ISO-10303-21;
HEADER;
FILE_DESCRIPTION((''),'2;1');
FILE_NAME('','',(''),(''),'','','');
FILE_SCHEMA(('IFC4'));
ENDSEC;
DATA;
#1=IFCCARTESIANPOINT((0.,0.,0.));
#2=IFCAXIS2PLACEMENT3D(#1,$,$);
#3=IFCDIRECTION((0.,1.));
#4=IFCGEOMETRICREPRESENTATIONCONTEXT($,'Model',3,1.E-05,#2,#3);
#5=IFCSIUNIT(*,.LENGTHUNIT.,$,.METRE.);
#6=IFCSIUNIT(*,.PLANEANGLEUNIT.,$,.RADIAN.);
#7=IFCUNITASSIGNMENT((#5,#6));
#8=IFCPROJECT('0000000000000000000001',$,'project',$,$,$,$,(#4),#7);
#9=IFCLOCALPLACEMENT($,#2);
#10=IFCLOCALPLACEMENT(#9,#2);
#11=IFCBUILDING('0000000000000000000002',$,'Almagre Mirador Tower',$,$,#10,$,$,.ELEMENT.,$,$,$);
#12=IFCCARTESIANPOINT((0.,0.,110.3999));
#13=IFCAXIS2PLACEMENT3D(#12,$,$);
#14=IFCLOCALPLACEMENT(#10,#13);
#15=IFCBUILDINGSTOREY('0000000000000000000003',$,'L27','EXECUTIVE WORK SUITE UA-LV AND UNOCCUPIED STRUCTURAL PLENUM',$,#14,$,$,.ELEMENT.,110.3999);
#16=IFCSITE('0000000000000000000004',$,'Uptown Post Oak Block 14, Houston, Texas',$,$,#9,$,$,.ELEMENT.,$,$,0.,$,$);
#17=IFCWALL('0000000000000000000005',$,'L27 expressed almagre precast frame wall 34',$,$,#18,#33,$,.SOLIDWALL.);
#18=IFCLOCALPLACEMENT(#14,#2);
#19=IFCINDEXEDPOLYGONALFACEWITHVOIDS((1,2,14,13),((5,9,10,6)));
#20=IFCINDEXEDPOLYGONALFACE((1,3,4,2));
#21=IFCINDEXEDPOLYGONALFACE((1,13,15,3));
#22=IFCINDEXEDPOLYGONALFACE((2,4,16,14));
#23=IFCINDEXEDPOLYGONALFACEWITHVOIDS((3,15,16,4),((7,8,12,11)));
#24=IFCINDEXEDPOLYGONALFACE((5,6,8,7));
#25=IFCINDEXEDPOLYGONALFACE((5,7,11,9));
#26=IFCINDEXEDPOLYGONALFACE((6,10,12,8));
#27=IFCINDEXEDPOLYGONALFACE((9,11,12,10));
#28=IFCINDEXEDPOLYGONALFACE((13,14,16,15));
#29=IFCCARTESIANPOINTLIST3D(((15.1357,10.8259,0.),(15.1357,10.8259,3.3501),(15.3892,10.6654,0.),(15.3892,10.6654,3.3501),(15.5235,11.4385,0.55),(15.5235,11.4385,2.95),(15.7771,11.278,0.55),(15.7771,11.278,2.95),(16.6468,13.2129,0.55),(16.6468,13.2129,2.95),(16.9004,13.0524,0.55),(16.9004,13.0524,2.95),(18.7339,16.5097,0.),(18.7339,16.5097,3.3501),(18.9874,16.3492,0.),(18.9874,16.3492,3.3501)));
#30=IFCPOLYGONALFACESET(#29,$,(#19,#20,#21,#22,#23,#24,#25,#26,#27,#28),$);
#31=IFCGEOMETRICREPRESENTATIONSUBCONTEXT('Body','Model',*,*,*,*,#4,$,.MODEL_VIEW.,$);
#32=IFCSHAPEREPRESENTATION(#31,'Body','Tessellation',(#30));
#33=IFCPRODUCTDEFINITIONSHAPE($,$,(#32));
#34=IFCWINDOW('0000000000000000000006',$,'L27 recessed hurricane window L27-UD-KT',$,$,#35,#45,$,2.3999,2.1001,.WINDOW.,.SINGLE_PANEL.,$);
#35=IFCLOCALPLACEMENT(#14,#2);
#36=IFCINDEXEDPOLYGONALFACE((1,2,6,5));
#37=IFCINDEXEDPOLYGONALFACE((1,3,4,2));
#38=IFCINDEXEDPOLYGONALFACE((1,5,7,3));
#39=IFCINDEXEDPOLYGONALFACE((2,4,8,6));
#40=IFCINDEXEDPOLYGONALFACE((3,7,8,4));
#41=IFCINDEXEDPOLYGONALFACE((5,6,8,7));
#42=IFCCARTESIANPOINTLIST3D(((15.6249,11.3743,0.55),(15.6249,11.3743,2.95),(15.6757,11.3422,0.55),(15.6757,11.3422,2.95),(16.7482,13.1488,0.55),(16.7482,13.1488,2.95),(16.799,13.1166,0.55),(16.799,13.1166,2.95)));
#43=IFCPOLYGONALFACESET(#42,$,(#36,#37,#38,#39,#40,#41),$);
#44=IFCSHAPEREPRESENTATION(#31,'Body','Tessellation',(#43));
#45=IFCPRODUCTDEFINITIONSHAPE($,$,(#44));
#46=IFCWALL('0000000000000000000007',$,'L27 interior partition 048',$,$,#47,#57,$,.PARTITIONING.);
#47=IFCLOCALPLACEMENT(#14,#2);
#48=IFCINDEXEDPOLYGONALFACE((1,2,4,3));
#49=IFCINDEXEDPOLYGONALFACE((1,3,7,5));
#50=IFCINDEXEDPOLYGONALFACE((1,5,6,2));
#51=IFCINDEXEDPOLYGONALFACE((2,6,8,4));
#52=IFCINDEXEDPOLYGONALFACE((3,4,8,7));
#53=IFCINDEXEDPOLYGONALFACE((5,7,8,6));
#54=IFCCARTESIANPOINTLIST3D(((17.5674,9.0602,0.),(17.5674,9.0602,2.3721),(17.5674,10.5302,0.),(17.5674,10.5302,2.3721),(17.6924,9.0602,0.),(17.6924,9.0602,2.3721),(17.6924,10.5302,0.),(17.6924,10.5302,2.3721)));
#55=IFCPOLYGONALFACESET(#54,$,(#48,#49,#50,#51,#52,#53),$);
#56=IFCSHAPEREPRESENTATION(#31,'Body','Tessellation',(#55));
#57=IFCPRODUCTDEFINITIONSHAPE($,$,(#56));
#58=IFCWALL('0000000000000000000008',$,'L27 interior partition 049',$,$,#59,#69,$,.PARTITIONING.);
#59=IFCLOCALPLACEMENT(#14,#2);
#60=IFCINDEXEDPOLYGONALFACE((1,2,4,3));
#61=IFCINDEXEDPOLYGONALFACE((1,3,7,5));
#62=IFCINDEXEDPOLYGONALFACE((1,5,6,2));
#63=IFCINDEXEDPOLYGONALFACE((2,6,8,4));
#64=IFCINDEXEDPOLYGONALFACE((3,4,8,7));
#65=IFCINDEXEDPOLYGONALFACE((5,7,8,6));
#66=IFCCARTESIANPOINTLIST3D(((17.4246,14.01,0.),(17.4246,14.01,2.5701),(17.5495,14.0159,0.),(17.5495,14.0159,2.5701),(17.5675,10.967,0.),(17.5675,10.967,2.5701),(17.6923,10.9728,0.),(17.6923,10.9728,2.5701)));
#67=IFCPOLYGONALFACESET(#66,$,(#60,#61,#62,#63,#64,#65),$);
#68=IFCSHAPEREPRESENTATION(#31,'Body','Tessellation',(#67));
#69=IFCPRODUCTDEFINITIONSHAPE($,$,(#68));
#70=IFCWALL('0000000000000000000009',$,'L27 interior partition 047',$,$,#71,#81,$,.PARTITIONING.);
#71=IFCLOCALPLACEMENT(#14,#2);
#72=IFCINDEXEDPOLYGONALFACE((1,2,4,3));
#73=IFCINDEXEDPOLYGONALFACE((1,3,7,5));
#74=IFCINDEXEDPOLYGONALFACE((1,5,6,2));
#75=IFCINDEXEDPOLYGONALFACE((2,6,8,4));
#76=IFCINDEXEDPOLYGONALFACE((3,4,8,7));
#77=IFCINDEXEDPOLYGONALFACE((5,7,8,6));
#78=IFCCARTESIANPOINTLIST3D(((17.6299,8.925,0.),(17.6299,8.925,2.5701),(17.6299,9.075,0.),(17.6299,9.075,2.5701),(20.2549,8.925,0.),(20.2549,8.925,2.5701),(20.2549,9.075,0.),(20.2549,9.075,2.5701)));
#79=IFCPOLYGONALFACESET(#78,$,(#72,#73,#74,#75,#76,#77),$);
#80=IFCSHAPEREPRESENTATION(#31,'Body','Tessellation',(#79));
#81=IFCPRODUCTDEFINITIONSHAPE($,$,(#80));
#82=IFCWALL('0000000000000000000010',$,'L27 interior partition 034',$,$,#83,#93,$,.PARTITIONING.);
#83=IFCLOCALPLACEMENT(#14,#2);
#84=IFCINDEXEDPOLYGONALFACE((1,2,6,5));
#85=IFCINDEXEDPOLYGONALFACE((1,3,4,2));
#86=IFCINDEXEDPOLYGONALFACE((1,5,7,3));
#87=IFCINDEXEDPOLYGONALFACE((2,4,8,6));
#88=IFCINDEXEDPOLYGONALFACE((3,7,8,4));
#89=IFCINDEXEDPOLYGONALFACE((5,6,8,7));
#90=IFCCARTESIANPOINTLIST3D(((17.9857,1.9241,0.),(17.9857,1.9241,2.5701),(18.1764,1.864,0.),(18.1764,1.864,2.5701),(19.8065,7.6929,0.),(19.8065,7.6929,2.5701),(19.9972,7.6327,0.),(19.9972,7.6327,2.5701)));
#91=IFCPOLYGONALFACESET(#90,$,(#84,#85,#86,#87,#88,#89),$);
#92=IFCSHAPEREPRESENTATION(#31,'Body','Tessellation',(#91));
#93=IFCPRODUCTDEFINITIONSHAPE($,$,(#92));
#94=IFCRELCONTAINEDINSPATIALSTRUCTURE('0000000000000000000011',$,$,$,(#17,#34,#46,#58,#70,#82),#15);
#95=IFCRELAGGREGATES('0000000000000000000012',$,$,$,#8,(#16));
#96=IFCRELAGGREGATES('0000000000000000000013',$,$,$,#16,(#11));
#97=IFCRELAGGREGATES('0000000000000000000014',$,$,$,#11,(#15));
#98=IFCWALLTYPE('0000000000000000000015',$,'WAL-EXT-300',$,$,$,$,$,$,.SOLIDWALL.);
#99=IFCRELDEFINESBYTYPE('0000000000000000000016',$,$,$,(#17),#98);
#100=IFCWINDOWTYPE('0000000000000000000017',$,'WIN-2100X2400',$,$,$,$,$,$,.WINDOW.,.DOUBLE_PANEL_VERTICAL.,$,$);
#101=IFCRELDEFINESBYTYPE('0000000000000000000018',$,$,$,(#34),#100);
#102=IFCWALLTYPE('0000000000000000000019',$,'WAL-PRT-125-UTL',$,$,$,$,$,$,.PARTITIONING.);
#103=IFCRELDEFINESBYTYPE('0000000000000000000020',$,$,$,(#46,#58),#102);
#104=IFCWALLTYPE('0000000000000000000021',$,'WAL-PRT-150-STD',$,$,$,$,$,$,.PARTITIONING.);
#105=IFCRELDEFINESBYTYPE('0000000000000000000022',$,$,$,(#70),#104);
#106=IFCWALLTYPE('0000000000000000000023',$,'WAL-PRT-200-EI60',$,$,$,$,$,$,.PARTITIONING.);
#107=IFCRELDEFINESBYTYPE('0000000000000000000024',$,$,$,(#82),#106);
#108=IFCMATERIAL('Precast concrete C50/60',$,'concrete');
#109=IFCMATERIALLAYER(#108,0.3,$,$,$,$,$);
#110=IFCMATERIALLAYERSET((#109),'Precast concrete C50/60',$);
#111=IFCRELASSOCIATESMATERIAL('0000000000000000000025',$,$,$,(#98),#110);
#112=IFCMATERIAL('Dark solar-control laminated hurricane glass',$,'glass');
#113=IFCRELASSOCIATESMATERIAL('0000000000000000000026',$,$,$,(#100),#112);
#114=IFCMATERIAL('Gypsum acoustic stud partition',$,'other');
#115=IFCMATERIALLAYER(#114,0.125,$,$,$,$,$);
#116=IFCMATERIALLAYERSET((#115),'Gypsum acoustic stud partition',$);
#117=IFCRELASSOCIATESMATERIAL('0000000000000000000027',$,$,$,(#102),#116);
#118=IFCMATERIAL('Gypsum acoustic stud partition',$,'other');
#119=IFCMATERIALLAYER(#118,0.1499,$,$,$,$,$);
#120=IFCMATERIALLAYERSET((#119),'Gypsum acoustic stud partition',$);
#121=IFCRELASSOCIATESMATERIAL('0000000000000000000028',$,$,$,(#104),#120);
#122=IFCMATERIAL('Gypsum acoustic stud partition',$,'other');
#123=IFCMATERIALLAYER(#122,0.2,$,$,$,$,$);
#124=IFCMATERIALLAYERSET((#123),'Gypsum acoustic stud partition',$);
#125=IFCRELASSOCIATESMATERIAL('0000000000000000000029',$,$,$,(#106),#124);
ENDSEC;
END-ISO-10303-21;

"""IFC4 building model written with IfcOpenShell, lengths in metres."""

from ifc_helpers import new_model, si_unit, direction, frame, frame_2d, origin, place, context, subcontext, project, spatial, rectangle, extrude, material, layer, layer_set, type_object, element, fill, save


model = new_model("IFC4")

# Units and contexts
model_context = context("Model", 3, precision=1e-05, world=origin(), true_north=direction((0.0, 1.0)))
body_context = subcontext(model_context, "Body", "Model", "MODEL_VIEW")
ifc_project = project(units=[si_unit("LENGTHUNIT", "METRE"), si_unit("PLANEANGLEUNIT", "RADIAN")], contexts=[model_context])

# Site, building, storey
site_placement = place(None, origin())
site = spatial("IfcSite", under=ifc_project, at=site_placement, Name="Uptown Post Oak Block 14, Houston, Texas", CompositionType="ELEMENT", RefElevation=0.0)
building_placement = place(site_placement, origin())
building = spatial("IfcBuilding", under=site, at=building_placement, Name="Almagre Mirador Tower", CompositionType="ELEMENT")
storey_placement = place(building_placement, frame((0.0, 0.0, 110.3999)))
storey = spatial("IfcBuildingStorey", under=building, at=storey_placement, Name="L27", Description="EXECUTIVE WORK SUITE UA-LV AND UNOCCUPIED STRUCTURAL PLENUM", CompositionType="ELEMENT", Elevation=110.3999)

# Shared definitions
ifc_material_1 = material(Name="Precast concrete C50/60", Category="concrete")
ifc_layer_1 = layer(ifc_material_1, 0.3)
ifc_layer_set_1 = layer_set([ifc_layer_1], Name="Precast concrete C50/60")
wall_type_1 = type_object("IfcWallType", Name="WAL-EXT-300", PredefinedType="SOLIDWALL", material=ifc_layer_set_1)

# Wall, opening, window
wall_1_placement = place(storey_placement, frame((15.2625, 10.7456, 0.0), z_axis=(0.0, 0.0, 1.0), x_axis=(0.53488, 0.844928, 0.0)))
wall_1 = element("IfcWall", 1, at=wall_1_placement, inside=storey, type_object=wall_type_1, Name="L27 expressed almagre precast frame wall 34", PredefinedType="SOLIDWALL", context=body_context, shape_type="SweptSolid", body=[
    extrude(rectangle(XDim=6.7271, YDim=0.3, at=frame_2d((3.3635, 0.0))), origin(), (0.0, 0.0, 1.0), 3.3501),
])
opening_1_placement = place(wall_1_placement, frame((0.7251, 0.0, 0.55)))
opening_1 = element("IfcOpeningElement", 2, at=opening_1_placement, cuts=wall_1, PredefinedType="OPENING", context=body_context, shape_type="SweptSolid", body=[
    extrude(rectangle(XDim=2.1001, YDim=2.3999, at=frame_2d((1.05, 1.2))), frame((0.0, 0.1599, 0.0), z_axis=(0.0, -1.0, 0.0), x_axis=(1.0, 0.0, 0.0)), (0.0, 0.0, 1.0), 0.32),
])
ifc_material_2 = material(Name="Dark solar-control laminated hurricane glass", Category="glass")
window_type_1 = type_object("IfcWindowType", Name="WIN-2100X2400", PartitioningType="DOUBLE_PANEL_VERTICAL", PredefinedType="WINDOW", material=ifc_material_2)
window_1_placement = place(opening_1_placement, origin())
window_1 = element("IfcWindow", 3, at=window_1_placement, inside=storey, type_object=window_type_1, Name="L27 recessed hurricane window L27-UD-KT", OverallHeight=2.3999, OverallWidth=2.1001, PartitioningType="SINGLE_PANEL", PredefinedType="WINDOW", context=body_context, shape_type="SweptSolid", body=[
    extrude(rectangle(XDim=2.1001, YDim=2.3999, at=frame_2d((1.05, 1.2))), frame((0.0, 0.03, 0.0), z_axis=(0.0, -1.0, 0.0), x_axis=(1.0, 0.0, 0.0)), (0.0, 0.0, 1.0), 0.0601),
])
fill(opening_1, window_1)

# Walls
ifc_material_3 = material(Name="Gypsum acoustic stud partition", Category="other")
ifc_layer_2 = layer(ifc_material_3, 0.125)
ifc_layer_set_2 = layer_set([ifc_layer_2], Name="Gypsum acoustic stud partition")
wall_type_2 = type_object("IfcWallType", Name="WAL-PRT-125-UTL", PredefinedType="PARTITIONING", material=ifc_layer_set_2)
wall_2_placement = place(storey_placement, frame((17.6299, 10.53, 0.0), z_axis=(0.0, 0.0, 1.0), x_axis=(0.0, -1.0, 0.0)))
element("IfcWall", 4, at=wall_2_placement, inside=storey, type_object=wall_type_2, Name="L27 interior partition 048", PredefinedType="PARTITIONING", context=body_context, shape_type="SweptSolid", body=[
    extrude(rectangle(XDim=1.47, YDim=0.125, at=frame_2d((0.7349, 0.0))), origin(), (0.0, 0.0, 1.0), 2.3721),
])
wall_3_placement = place(storey_placement, frame((17.4871, 14.0129, 0.0), z_axis=(0.0, 0.0, 1.0), x_axis=(0.046884, -0.9989, 0.0)))
element("IfcWall", 5, at=wall_3_placement, inside=storey, type_object=wall_type_2, Name="L27 interior partition 049", PredefinedType="PARTITIONING", context=body_context, shape_type="SweptSolid", body=[
    extrude(rectangle(XDim=3.0464, YDim=0.125, at=frame_2d((1.5232, 0.0))), origin(), (0.0, 0.0, 1.0), 2.5701),
])
ifc_material_4 = material(Name="Gypsum acoustic stud partition", Category="other")
ifc_layer_3 = layer(ifc_material_4, 0.1499)
ifc_layer_set_3 = layer_set([ifc_layer_3], Name="Gypsum acoustic stud partition")
wall_type_3 = type_object("IfcWallType", Name="WAL-PRT-150-STD", PredefinedType="PARTITIONING", material=ifc_layer_set_3)
wall_4_placement = place(storey_placement, frame((17.6299, 9.0, 0.0), z_axis=(0.0, 0.0, 1.0), x_axis=(1.0, 0.0, 0.0)))
element("IfcWall", 6, at=wall_4_placement, inside=storey, type_object=wall_type_3, Name="L27 interior partition 047", PredefinedType="PARTITIONING", context=body_context, shape_type="SweptSolid", body=[
    extrude(rectangle(XDim=2.625, YDim=0.1499, at=frame_2d((1.3125, 0.0))), origin(), (0.0, 0.0, 1.0), 2.5701),
])
ifc_material_5 = material(Name="Gypsum acoustic stud partition", Category="other")
ifc_layer_4 = layer(ifc_material_5, 0.2)
ifc_layer_set_4 = layer_set([ifc_layer_4], Name="Gypsum acoustic stud partition")
wall_type_4 = type_object("IfcWallType", Name="WAL-PRT-200-EI60", PredefinedType="PARTITIONING", material=ifc_layer_set_4)
wall_5_placement = place(storey_placement, frame((19.9019, 7.6628, 0.0), z_axis=(0.0, 0.0, 1.0), x_axis=(-0.300992, -0.953627, 0.0)))
element("IfcWall", 7, at=wall_5_placement, inside=storey, type_object=wall_type_4, Name="L27 interior partition 034", PredefinedType="PARTITIONING", context=body_context, shape_type="SweptSolid", body=[
    extrude(rectangle(XDim=6.0493, YDim=0.2, at=frame_2d((3.0247, 0.0))), origin(), (0.0, 0.0, 1.0), 2.5701),
])

save(model, "model.ifc")
